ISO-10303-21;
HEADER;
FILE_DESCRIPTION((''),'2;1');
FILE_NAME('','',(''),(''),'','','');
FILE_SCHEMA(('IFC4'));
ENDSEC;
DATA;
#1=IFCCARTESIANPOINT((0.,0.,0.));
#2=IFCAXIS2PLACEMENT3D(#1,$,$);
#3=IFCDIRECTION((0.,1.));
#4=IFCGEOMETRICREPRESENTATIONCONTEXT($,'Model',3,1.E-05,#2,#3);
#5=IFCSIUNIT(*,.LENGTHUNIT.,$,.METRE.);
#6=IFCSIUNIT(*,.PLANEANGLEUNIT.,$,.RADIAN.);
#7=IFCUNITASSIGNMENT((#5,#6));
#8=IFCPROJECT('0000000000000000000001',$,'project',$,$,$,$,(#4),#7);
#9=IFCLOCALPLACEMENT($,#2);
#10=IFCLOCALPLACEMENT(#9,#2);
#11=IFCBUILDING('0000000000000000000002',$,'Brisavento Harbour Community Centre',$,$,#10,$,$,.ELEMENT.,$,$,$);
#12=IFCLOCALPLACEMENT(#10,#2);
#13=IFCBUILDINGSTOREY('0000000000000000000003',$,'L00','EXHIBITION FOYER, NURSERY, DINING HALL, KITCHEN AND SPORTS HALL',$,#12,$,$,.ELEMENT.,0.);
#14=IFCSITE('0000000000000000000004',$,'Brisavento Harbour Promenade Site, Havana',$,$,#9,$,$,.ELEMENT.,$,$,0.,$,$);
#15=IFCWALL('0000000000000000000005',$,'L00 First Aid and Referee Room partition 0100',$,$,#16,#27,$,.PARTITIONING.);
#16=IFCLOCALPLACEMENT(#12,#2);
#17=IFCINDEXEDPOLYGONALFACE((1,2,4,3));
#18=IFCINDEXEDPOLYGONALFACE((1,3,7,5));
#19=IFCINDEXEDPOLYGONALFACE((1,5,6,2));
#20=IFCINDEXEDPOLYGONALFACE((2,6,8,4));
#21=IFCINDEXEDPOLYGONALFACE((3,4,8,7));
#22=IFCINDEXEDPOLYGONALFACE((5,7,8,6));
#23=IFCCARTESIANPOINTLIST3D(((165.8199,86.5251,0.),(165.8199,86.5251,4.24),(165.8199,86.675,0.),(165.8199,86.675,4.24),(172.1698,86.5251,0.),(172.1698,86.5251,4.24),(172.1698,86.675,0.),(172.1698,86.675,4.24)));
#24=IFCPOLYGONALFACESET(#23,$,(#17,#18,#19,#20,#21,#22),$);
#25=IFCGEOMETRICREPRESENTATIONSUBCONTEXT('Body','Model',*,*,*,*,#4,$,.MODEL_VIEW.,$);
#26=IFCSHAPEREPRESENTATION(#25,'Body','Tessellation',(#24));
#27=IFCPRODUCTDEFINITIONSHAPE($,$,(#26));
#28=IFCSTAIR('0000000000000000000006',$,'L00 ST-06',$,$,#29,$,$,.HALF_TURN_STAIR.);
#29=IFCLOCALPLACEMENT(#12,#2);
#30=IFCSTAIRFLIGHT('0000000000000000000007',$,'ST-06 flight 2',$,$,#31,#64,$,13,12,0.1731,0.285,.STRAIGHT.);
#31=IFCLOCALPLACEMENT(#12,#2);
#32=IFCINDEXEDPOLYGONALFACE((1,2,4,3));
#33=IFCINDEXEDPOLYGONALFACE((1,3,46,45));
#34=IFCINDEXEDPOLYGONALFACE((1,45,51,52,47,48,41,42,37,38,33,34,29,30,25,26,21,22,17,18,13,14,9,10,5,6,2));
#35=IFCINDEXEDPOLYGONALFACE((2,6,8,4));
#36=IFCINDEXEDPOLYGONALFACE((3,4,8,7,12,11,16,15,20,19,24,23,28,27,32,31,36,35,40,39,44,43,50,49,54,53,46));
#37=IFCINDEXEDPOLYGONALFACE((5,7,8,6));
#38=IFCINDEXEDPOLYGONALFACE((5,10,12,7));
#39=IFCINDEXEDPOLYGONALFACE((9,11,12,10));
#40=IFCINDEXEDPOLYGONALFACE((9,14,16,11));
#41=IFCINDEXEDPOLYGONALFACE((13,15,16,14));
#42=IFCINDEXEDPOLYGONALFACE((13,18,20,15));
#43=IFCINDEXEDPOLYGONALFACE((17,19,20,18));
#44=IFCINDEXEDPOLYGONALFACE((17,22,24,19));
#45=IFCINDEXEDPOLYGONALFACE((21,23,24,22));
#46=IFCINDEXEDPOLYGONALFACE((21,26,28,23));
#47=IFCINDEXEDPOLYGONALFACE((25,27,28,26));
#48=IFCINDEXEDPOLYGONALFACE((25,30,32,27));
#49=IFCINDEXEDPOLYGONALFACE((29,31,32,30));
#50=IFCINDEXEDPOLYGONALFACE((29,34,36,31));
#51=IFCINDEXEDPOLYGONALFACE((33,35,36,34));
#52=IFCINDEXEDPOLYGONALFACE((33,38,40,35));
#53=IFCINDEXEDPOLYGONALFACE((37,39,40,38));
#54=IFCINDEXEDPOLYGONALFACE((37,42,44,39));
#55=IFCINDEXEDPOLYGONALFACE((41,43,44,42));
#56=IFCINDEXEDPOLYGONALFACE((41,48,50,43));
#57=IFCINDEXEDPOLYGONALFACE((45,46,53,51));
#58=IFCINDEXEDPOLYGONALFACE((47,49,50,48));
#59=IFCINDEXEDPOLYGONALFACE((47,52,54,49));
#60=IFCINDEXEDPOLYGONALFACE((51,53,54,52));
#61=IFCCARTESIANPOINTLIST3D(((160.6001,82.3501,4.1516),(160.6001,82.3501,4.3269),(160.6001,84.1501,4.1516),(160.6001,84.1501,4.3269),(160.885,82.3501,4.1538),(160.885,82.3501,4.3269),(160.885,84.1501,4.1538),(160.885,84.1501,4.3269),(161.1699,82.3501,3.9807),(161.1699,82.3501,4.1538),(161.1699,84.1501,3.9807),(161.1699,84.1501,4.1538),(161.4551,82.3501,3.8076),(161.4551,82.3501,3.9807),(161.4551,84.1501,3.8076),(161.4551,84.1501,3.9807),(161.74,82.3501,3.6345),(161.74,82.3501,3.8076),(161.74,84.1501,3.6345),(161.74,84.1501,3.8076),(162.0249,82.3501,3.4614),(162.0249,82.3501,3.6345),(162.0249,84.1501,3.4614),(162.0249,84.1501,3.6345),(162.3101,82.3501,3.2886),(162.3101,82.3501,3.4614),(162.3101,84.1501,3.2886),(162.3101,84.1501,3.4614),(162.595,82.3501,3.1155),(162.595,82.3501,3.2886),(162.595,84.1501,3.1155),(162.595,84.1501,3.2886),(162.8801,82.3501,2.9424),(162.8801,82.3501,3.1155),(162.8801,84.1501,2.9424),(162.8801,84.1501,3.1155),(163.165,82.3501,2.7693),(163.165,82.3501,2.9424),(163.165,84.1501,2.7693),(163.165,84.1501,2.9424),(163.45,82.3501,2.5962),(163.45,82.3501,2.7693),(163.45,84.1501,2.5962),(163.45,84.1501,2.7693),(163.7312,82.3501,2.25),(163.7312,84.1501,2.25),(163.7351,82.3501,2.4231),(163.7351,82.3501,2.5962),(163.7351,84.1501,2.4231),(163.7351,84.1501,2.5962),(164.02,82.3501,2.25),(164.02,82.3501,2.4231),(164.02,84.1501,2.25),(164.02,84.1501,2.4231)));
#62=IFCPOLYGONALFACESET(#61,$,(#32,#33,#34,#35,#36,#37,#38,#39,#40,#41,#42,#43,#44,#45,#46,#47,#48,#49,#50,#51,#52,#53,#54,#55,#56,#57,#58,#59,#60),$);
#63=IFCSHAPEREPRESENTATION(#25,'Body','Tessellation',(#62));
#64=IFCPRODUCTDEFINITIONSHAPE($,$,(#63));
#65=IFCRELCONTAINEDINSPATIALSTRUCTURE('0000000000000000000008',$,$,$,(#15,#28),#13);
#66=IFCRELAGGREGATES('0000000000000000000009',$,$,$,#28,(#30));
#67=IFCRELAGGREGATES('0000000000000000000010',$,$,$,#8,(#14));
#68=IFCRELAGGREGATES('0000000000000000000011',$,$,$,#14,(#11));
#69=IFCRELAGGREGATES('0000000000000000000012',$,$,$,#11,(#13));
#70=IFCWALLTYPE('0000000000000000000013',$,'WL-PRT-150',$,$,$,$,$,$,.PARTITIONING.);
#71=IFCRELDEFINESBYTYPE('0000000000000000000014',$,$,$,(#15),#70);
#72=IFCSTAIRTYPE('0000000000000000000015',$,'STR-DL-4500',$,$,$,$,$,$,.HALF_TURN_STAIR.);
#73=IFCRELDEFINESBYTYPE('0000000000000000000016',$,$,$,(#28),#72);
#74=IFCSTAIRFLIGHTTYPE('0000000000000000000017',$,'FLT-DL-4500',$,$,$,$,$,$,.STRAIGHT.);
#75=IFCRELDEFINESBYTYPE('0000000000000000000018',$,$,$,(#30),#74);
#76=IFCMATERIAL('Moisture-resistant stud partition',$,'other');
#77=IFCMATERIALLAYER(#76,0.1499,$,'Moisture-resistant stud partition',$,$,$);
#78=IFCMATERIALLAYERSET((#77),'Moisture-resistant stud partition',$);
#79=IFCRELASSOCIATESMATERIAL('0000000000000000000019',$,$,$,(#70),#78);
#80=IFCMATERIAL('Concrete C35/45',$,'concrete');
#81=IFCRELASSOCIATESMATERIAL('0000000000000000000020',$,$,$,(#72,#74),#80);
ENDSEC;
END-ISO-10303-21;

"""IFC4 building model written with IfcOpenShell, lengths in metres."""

from ifc_helpers import new_model, si_unit, direction, frame, frame_2d, origin, place, context, subcontext, project, spatial, polyline, rectangle, outline, extrude, material, layer, layer_set, type_object, element, aggregate, save


model = new_model("IFC4")

# Units and contexts
model_context = context("Model", 3, precision=1e-05, world=origin(), true_north=direction((0.0, 1.0)))
body_context = subcontext(model_context, "Body", "Model", "MODEL_VIEW")
ifc_project = project(units=[si_unit("LENGTHUNIT", "METRE"), si_unit("PLANEANGLEUNIT", "RADIAN")], contexts=[model_context])

# Site, building, storey
site_placement = place(None, origin())
site = spatial("IfcSite", under=ifc_project, at=site_placement, Name="Brisavento Harbour Promenade Site, Havana", CompositionType="ELEMENT", RefElevation=0.0)
building_placement = place(site_placement, origin())
building = spatial("IfcBuilding", under=site, at=building_placement, Name="Brisavento Harbour Community Centre", CompositionType="ELEMENT")
storey_placement = place(building_placement, origin())
storey = spatial("IfcBuildingStorey", under=building, at=storey_placement, Name="L00", Description="EXHIBITION FOYER, NURSERY, DINING HALL, KITCHEN AND SPORTS HALL", CompositionType="ELEMENT", Elevation=0.0)

# Shared definitions
ifc_material_1 = material(Name="Concrete C35/45", Category="concrete")

# Wall
ifc_material_2 = material(Name="Moisture-resistant stud partition", Category="other")
ifc_layer_1 = layer(ifc_material_2, 0.1499, Name="Moisture-resistant stud partition")
ifc_layer_set_1 = layer_set([ifc_layer_1], Name="Moisture-resistant stud partition")
wall_type_1 = type_object("IfcWallType", Name="WL-PRT-150", PredefinedType="PARTITIONING", material=ifc_layer_set_1)
wall_1_placement = place(storey_placement, frame((165.8201, 86.6001, 0.0), z_axis=(0.0, 0.0, 1.0), x_axis=(1.0, 0.0, 0.0)))
element("IfcWall", 1, at=wall_1_placement, inside=storey, type_object=wall_type_1, Name="L00 First Aid and Referee Room partition 0100", PredefinedType="PARTITIONING", context=body_context, shape_type="SweptSolid", body=[
    extrude(rectangle(XDim=6.3499, YDim=0.1499, at=frame_2d((3.1748, 0.0))), origin(), (0.0, 0.0, 1.0), 4.24),
])

# Stair, stair flight
stair_type = type_object("IfcStairType", Name="STR-DL-4500", PredefinedType="HALF_TURN_STAIR", material=ifc_material_1)
stair_placement = place(storey_placement, origin())
stair = element("IfcStair", 2, at=stair_placement, inside=storey, type_object=stair_type, Name="L00 ST-06", PredefinedType="HALF_TURN_STAIR")
stair_flight_type = type_object("IfcStairFlightType", Name="FLT-DL-4500", PredefinedType="STRAIGHT", material=ifc_material_1)
stair_flight_placement = place(storey_placement, frame((164.02, 83.25, 2.25), z_axis=(0.0, 0.0, 1.0), x_axis=(-1.0, 0.0, 0.0)))
stair_flight = element("IfcStairFlight", 3, at=stair_flight_placement, type_object=stair_flight_type, Name="ST-06 flight 2", NumberOfRisers=13, NumberOfTreads=12, PredefinedType="STRAIGHT", RiserHeight=0.1731, TreadLength=0.285, context=body_context, shape_type="SweptSolid", body=[
    extrude(outline(polyline([(0.0, 0.0), (0.0, 0.1731), (0.2849, 0.1731), (0.2849, 0.3462), (0.5701, 0.3462), (0.5701, 0.5193), (0.855, 0.5193), (0.855, 0.6924), (1.1399, 0.6924), (1.1399, 0.8655), (1.425, 0.8655), (1.425, 1.0386), (1.71, 1.0386), (1.71, 1.2114), (1.9951, 1.2114), (1.9951, 1.3845), (2.28, 1.3845), (2.28, 1.5576), (2.5649, 1.5576), (2.5649, 1.7307), (2.8501, 1.7307), (2.8501, 1.9038), (3.135, 1.9038), (3.135, 2.0769), (3.4199, 2.0769), (3.4199, 2.25), (3.4199, 1.9016), (0.2888, 0.0), (0.0, 0.0)])), frame((0.0, 0.8999, 0.0), z_axis=(0.0, -1.0, 0.0), x_axis=(1.0, 0.0, 0.0)), (0.0, 0.0, 1.0), 1.8),
])
aggregate(stair, [stair_flight])

save(model, "model.ifc")
